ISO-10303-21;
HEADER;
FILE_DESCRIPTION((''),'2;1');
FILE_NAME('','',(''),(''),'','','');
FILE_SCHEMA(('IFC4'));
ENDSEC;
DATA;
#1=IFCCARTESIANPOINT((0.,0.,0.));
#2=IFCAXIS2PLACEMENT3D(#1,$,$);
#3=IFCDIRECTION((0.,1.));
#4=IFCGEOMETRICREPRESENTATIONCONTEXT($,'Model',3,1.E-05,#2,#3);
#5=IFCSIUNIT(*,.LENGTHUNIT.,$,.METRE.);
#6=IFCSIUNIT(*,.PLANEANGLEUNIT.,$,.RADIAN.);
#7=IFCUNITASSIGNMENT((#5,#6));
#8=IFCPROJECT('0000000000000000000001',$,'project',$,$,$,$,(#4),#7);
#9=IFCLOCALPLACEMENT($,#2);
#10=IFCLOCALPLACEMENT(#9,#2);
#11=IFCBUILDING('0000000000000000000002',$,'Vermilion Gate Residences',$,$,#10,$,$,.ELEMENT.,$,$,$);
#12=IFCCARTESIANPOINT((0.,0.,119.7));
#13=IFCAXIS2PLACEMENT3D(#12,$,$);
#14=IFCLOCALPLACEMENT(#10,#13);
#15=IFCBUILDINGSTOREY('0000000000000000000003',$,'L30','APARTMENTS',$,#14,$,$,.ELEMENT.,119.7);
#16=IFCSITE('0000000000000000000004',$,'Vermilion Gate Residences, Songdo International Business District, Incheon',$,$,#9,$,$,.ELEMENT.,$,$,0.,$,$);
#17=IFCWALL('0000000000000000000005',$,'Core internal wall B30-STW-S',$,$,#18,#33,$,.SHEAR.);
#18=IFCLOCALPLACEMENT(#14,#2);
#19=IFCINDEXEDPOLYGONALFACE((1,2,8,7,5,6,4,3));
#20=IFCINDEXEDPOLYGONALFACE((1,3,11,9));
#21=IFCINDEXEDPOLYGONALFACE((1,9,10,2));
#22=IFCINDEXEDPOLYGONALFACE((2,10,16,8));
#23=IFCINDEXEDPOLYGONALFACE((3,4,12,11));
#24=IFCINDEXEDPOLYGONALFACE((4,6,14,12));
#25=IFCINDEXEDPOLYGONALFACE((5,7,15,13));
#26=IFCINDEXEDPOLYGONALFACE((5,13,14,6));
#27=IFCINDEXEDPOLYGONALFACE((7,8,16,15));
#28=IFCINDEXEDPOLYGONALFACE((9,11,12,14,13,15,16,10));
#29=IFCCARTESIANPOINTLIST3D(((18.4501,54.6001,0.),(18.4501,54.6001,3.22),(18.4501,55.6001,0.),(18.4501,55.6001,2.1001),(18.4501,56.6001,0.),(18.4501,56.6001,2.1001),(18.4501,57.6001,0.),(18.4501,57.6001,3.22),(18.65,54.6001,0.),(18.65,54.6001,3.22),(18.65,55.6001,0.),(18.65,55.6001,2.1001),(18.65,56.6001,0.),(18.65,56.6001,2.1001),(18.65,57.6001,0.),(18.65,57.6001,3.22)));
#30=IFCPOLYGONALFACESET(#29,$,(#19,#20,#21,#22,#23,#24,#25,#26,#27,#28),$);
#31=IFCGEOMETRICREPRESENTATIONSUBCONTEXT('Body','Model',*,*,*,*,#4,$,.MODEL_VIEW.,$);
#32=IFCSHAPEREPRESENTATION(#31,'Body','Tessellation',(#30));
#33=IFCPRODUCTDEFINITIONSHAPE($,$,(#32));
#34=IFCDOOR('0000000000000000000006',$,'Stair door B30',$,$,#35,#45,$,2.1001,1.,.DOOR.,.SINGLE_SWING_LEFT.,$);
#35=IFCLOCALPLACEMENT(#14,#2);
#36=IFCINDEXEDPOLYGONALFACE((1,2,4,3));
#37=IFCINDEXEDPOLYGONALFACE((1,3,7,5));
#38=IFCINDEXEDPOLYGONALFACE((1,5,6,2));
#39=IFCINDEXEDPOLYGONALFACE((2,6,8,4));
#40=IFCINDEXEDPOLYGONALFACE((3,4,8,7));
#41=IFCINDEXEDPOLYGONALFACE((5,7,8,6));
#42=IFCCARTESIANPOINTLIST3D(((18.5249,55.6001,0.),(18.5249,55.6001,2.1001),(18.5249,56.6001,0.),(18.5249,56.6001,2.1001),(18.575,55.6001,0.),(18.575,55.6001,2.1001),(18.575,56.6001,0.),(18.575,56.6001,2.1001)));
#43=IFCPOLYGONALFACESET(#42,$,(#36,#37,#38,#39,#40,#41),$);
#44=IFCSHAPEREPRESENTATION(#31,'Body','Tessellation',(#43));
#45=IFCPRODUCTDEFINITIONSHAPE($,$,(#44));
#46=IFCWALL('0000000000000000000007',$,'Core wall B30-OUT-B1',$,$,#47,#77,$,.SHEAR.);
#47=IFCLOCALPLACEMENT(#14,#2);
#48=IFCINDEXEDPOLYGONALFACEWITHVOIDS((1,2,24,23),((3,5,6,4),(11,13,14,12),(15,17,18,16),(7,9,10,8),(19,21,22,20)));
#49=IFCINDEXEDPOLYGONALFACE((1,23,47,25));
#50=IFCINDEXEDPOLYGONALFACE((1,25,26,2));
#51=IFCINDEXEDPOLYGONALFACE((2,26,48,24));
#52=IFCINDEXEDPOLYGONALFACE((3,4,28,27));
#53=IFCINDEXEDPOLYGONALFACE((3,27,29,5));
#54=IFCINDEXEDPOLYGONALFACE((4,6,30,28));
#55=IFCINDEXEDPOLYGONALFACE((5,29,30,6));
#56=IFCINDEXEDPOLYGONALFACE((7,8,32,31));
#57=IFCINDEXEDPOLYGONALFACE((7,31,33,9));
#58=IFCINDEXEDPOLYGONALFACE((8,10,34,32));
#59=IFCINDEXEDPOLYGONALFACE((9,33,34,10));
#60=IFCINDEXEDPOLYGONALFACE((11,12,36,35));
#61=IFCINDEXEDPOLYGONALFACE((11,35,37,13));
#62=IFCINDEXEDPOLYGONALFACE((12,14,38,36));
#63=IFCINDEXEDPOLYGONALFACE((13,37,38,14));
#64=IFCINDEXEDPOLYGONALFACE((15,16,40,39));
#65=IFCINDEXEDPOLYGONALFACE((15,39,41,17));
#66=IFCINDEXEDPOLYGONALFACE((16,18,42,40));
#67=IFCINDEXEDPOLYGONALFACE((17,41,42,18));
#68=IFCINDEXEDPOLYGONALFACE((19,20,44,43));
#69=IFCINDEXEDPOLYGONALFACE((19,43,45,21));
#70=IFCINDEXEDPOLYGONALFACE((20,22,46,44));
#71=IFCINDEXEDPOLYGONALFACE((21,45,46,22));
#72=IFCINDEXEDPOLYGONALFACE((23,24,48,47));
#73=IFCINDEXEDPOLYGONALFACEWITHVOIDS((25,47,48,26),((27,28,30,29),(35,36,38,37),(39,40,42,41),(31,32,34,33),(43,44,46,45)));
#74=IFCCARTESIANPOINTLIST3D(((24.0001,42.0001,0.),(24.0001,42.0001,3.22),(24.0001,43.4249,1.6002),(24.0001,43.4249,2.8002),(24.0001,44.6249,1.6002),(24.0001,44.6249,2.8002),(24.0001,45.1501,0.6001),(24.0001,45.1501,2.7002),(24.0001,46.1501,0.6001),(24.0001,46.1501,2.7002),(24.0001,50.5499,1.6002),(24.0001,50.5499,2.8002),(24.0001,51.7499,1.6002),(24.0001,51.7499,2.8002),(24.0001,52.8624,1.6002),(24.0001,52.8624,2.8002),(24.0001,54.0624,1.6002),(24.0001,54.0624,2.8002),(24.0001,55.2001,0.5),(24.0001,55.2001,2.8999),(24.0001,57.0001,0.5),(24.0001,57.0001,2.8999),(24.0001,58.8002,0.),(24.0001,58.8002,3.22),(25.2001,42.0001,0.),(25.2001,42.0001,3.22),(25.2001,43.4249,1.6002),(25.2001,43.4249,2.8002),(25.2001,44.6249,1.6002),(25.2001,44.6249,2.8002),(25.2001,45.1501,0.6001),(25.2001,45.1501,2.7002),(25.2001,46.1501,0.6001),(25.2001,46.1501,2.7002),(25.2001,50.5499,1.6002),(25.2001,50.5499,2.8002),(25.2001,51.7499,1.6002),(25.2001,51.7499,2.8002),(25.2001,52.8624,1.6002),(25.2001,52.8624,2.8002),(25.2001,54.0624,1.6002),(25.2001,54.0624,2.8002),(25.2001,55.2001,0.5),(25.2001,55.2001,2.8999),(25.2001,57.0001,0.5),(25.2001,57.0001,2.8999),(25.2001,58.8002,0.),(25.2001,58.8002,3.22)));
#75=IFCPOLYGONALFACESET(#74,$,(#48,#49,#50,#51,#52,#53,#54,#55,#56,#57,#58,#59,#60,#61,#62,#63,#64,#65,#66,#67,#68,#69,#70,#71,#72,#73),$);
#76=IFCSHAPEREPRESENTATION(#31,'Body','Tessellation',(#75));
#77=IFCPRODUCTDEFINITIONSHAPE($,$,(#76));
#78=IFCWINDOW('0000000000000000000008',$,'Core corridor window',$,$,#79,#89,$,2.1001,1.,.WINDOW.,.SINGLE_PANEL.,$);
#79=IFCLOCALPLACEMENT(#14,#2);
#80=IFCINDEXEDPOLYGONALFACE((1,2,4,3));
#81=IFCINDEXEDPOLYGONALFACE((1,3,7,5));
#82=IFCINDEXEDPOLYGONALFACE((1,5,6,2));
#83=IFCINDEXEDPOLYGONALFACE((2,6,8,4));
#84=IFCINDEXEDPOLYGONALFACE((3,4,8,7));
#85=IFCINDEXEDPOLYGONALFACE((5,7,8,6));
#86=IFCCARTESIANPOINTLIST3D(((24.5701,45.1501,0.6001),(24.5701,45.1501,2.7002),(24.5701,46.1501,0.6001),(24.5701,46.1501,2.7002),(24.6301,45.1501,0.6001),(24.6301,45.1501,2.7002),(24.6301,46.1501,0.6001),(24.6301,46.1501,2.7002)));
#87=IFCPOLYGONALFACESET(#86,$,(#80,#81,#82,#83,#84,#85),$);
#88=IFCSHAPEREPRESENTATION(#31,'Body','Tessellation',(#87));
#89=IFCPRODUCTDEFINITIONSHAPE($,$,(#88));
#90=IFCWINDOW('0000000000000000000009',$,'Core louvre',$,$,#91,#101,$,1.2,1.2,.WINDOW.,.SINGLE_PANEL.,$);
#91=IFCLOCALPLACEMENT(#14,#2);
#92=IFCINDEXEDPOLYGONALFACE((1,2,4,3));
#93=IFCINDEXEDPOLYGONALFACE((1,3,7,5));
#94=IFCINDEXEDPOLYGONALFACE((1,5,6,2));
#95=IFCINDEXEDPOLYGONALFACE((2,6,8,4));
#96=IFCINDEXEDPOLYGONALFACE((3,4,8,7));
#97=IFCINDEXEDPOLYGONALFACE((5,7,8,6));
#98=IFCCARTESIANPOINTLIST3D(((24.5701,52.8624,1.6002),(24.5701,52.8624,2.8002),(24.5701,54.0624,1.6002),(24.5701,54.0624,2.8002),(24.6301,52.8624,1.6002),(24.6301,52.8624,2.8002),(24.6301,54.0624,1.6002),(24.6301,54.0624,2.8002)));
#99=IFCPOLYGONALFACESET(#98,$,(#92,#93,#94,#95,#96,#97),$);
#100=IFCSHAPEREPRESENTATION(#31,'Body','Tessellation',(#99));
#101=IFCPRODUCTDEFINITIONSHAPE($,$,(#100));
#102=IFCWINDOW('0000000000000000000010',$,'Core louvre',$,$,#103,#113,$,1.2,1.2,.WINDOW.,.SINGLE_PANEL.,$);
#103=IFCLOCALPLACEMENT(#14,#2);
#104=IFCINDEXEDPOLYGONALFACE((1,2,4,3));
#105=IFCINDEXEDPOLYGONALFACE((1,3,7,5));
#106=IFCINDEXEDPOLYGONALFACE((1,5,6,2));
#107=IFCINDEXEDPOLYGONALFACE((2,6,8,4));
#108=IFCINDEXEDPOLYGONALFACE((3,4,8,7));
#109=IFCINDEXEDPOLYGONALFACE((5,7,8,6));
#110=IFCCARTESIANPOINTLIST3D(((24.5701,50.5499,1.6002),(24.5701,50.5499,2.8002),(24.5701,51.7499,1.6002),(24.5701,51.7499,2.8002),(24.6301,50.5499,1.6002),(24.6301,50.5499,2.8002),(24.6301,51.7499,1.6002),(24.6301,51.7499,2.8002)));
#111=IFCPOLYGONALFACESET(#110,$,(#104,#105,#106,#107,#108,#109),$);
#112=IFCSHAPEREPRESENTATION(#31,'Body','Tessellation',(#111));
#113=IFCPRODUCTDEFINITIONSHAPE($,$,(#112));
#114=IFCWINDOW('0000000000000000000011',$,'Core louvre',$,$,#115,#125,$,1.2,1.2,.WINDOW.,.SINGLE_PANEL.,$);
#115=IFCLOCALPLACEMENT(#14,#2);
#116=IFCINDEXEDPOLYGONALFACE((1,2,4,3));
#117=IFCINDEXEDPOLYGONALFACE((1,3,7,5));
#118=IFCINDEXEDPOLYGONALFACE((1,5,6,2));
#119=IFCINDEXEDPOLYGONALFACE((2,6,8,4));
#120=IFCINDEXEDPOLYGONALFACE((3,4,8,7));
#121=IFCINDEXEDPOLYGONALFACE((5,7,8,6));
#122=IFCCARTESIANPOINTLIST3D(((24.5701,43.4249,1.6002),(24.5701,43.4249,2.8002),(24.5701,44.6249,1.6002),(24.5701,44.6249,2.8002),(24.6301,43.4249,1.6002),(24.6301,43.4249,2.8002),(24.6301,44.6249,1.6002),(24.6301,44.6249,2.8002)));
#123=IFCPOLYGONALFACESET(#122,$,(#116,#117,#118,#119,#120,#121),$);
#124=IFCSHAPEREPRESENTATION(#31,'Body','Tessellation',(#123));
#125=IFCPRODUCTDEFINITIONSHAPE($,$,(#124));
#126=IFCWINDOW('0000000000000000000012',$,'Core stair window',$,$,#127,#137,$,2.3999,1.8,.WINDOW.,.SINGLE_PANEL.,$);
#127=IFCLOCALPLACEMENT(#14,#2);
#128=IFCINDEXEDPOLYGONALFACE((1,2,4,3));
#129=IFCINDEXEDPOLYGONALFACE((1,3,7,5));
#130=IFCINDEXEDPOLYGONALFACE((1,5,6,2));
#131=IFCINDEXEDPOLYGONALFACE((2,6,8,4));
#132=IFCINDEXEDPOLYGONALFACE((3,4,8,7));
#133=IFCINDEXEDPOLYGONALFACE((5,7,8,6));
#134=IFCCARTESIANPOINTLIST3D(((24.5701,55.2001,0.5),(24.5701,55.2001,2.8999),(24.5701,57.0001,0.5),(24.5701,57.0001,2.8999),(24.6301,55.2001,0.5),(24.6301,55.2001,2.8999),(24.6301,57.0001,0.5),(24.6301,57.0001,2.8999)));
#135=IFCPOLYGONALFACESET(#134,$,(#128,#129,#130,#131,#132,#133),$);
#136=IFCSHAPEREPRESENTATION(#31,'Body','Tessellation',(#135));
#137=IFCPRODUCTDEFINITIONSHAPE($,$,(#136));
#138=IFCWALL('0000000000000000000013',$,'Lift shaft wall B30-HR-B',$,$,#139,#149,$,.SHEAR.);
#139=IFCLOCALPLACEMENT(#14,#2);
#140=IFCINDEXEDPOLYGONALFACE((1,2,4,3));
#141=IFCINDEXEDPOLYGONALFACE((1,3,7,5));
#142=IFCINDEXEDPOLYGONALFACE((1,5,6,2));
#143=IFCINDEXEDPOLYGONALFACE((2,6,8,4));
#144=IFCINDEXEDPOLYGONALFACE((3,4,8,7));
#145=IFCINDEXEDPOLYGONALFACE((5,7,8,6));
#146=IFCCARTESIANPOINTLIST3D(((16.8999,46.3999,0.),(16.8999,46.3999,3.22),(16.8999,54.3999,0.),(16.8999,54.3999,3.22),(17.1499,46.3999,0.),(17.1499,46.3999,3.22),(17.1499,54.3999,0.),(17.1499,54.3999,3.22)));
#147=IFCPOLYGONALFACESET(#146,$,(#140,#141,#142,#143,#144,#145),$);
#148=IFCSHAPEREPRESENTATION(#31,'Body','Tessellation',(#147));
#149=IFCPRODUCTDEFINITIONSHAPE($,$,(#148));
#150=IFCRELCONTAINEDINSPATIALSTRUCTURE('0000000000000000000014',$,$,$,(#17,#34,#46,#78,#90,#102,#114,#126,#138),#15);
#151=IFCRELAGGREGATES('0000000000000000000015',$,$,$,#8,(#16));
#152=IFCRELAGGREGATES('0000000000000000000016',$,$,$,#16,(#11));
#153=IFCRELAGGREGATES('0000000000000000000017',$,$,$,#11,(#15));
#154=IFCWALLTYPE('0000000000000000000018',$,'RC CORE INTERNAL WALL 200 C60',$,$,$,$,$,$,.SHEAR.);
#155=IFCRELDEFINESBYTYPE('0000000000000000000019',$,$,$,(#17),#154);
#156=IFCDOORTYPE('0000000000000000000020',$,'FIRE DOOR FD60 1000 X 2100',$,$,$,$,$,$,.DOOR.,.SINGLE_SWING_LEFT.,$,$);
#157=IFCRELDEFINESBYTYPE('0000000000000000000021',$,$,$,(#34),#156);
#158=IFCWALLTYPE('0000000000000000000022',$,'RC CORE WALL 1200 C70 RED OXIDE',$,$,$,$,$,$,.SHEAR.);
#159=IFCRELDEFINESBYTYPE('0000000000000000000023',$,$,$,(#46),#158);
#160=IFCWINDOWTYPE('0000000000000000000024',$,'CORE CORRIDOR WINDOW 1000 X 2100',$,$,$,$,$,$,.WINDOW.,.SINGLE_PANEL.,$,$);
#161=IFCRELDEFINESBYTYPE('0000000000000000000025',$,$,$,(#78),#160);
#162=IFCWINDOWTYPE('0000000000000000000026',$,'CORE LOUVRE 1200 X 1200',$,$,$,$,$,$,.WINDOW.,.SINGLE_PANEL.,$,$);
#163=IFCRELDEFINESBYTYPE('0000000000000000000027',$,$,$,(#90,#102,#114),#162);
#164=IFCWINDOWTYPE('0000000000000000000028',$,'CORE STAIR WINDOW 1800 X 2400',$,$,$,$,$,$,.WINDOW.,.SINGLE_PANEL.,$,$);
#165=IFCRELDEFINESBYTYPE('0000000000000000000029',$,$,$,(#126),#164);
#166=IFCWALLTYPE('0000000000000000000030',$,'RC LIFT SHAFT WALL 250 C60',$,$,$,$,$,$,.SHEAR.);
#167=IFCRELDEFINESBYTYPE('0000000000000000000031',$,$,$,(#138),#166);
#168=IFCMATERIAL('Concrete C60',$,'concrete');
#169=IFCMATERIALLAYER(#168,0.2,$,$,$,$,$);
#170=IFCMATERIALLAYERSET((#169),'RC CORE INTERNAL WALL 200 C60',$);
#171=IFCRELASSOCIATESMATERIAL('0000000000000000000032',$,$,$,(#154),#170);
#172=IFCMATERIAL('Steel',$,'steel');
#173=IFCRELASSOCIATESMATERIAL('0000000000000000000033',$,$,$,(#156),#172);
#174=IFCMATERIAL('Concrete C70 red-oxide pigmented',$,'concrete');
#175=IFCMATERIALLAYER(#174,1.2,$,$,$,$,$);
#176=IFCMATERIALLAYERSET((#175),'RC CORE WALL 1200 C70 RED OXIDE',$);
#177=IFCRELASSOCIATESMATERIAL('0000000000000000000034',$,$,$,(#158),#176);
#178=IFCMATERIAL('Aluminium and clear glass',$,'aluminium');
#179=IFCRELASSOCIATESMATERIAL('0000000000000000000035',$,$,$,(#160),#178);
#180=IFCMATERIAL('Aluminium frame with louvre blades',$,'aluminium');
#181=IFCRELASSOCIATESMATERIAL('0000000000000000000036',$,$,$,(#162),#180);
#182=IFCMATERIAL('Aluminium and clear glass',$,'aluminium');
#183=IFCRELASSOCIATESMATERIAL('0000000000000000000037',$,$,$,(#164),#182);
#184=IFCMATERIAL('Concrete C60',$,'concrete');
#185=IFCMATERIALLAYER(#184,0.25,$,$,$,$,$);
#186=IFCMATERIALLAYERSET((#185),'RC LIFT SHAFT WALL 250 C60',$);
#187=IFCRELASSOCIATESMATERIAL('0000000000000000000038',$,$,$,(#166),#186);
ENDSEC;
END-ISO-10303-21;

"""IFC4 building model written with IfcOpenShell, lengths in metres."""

from ifc_helpers import new_model, si_unit, direction, frame, frame_2d, origin, place, context, subcontext, project, spatial, rectangle, extrude, material, layer, layer_set, type_object, element, fill, save


model = new_model("IFC4")

# Units and contexts
model_context = context("Model", 3, precision=1e-05, world=origin(), true_north=direction((0.0, 1.0)))
body_context = subcontext(model_context, "Body", "Model", "MODEL_VIEW")
ifc_project = project(units=[si_unit("LENGTHUNIT", "METRE"), si_unit("PLANEANGLEUNIT", "RADIAN")], contexts=[model_context])

# Site, building, storey
site_placement = place(None, origin())
site = spatial("IfcSite", under=ifc_project, at=site_placement, Name="Vermilion Gate Residences, Songdo International Business District, Incheon", CompositionType="ELEMENT", RefElevation=0.0)
building_placement = place(site_placement, origin())
building = spatial("IfcBuilding", under=site, at=building_placement, Name="Vermilion Gate Residences", CompositionType="ELEMENT")
storey_placement = place(building_placement, frame((0.0, 0.0, 119.7)))
storey = spatial("IfcBuildingStorey", under=building, at=storey_placement, Name="L30", Description="APARTMENTS", CompositionType="ELEMENT", Elevation=119.7)

# Shared definitions
ifc_material_1 = material(Name="Concrete C60", Category="concrete")
ifc_layer_1 = layer(ifc_material_1, 0.2)
ifc_layer_set_1 = layer_set([ifc_layer_1], Name="RC CORE INTERNAL WALL 200 C60")
wall_type_1 = type_object("IfcWallType", Name="RC CORE INTERNAL WALL 200 C60", PredefinedType="SHEAR", material=ifc_layer_set_1)

# Wall, opening, door
wall_1_placement = place(storey_placement, frame((18.55, 57.6001, 0.0), z_axis=(0.0, 0.0, 1.0), x_axis=(0.0, -1.0, 0.0)))
wall_1 = element("IfcWall", 1, at=wall_1_placement, inside=storey, type_object=wall_type_1, Name="Core internal wall B30-STW-S", PredefinedType="SHEAR", context=body_context, shape_type="SweptSolid", body=[
    extrude(rectangle(XDim=3.0, YDim=0.2, at=frame_2d((1.5, 0.0))), origin(), (0.0, 0.0, 1.0), 3.22),
])
opening_1_placement = place(wall_1_placement, frame((1.0, 0.0, 0.0)))
opening_1 = element("IfcOpeningElement", 2, at=opening_1_placement, cuts=wall_1, PredefinedType="OPENING", context=body_context, shape_type="SweptSolid", body=[
    extrude(rectangle(XDim=1.0, YDim=2.1001, at=frame_2d((0.5, 1.05))), frame((0.0, 0.1099, 0.0), z_axis=(0.0, -1.0, 0.0), x_axis=(1.0, 0.0, 0.0)), (0.0, 0.0, 1.0), 0.22),
])
ifc_material_2 = material(Name="Steel", Category="steel")
door_type_1 = type_object("IfcDoorType", Name="FIRE DOOR FD60 1000 X 2100", OperationType="SINGLE_SWING_LEFT", PredefinedType="DOOR", material=ifc_material_2)
door_1_placement = place(opening_1_placement, origin())
door_1 = element("IfcDoor", 3, at=door_1_placement, inside=storey, type_object=door_type_1, Name="Stair door B30", OperationType="SINGLE_SWING_LEFT", OverallHeight=2.1001, OverallWidth=1.0, PredefinedType="DOOR", context=body_context, shape_type="SweptSolid", body=[
    extrude(rectangle(XDim=1.0, YDim=2.1001, at=frame_2d((0.5, 1.05))), frame((0.0, 0.0249, 0.0), z_axis=(0.0, -1.0, 0.0), x_axis=(1.0, 0.0, 0.0)), (0.0, 0.0, 1.0), 0.05),
])
fill(opening_1, door_1)

# Wall, openings, windows
ifc_material_3 = material(Name="Concrete C70 red-oxide pigmented", Category="concrete")
ifc_layer_2 = layer(ifc_material_3, 1.2)
ifc_layer_set_2 = layer_set([ifc_layer_2], Name="RC CORE WALL 1200 C70 RED OXIDE")
wall_type_2 = type_object("IfcWallType", Name="RC CORE WALL 1200 C70 RED OXIDE", PredefinedType="SHEAR", material=ifc_layer_set_2)
wall_2_placement = place(storey_placement, frame((24.6001, 58.8, 0.0), z_axis=(0.0, 0.0, 1.0), x_axis=(0.0, -1.0, 0.0)))
wall_2 = element("IfcWall", 4, at=wall_2_placement, inside=storey, type_object=wall_type_2, Name="Core wall B30-OUT-B1", PredefinedType="SHEAR", context=body_context, shape_type="SweptSolid", body=[
    extrude(rectangle(XDim=16.8, YDim=1.2, at=frame_2d((8.3999, 0.0))), origin(), (0.0, 0.0, 1.0), 3.22),
])
opening_2_placement = place(wall_2_placement, frame((1.8, 0.0, 0.5)))
opening_2 = element("IfcOpeningElement", 5, at=opening_2_placement, cuts=wall_2, PredefinedType="OPENING", context=body_context, shape_type="SweptSolid", body=[
    extrude(rectangle(XDim=1.8, YDim=2.3999, at=frame_2d((0.8999, 1.2))), frame((0.0, 0.6099, 0.0), z_axis=(0.0, -1.0, 0.0), x_axis=(1.0, 0.0, 0.0)), (0.0, 0.0, 1.0), 1.22),
])
opening_3_placement = place(wall_2_placement, frame((4.7375, 0.0, 1.6001)))
opening_3 = element("IfcOpeningElement", 6, at=opening_3_placement, cuts=wall_2, PredefinedType="OPENING", context=body_context, shape_type="SweptSolid", body=[
    extrude(rectangle(XDim=1.2, YDim=1.2, at=frame_2d((0.6001, 0.6001))), frame((0.0, 0.6099, 0.0), z_axis=(0.0, -1.0, 0.0), x_axis=(1.0, 0.0, 0.0)), (0.0, 0.0, 1.0), 1.22),
])
opening_4_placement = place(wall_2_placement, frame((7.05, 0.0, 1.6001)))
opening_4 = element("IfcOpeningElement", 7, at=opening_4_placement, cuts=wall_2, PredefinedType="OPENING", context=body_context, shape_type="SweptSolid", body=[
    extrude(rectangle(XDim=1.2, YDim=1.2, at=frame_2d((0.6001, 0.6001))), frame((0.0, 0.6099, 0.0), z_axis=(0.0, -1.0, 0.0), x_axis=(1.0, 0.0, 0.0)), (0.0, 0.0, 1.0), 1.22),
])
opening_5_placement = place(wall_2_placement, frame((12.6499, 0.0, 0.6001)))
opening_5 = element("IfcOpeningElement", 8, at=opening_5_placement, cuts=wall_2, PredefinedType="OPENING", context=body_context, shape_type="SweptSolid", body=[
    extrude(rectangle(XDim=1.0, YDim=2.1001, at=frame_2d((0.5, 1.05))), frame((0.0, 0.6099, 0.0), z_axis=(0.0, -1.0, 0.0), x_axis=(1.0, 0.0, 0.0)), (0.0, 0.0, 1.0), 1.22),
])
opening_6_placement = place(wall_2_placement, frame((14.175, 0.0, 1.6001)))
opening_6 = element("IfcOpeningElement", 9, at=opening_6_placement, cuts=wall_2, PredefinedType="OPENING", context=body_context, shape_type="SweptSolid", body=[
    extrude(rectangle(XDim=1.2, YDim=1.2, at=frame_2d((0.6001, 0.6001))), frame((0.0, 0.6099, 0.0), z_axis=(0.0, -1.0, 0.0), x_axis=(1.0, 0.0, 0.0)), (0.0, 0.0, 1.0), 1.22),
])
ifc_material_4 = material(Name="Aluminium and clear glass", Category="aluminium")
window_type_1 = type_object("IfcWindowType", Name="CORE CORRIDOR WINDOW 1000 X 2100", PartitioningType="SINGLE_PANEL", PredefinedType="WINDOW", material=ifc_material_4)
window_1_placement = place(opening_5_placement, origin())
window_1 = element("IfcWindow", 10, at=window_1_placement, inside=storey, type_object=window_type_1, Name="Core corridor window", OverallHeight=2.1001, OverallWidth=1.0, PartitioningType="SINGLE_PANEL", PredefinedType="WINDOW", context=body_context, shape_type="SweptSolid", body=[
    extrude(rectangle(XDim=1.0, YDim=2.1001, at=frame_2d((0.5, 1.05))), frame((0.0, 0.03, 0.0), z_axis=(0.0, -1.0, 0.0), x_axis=(1.0, 0.0, 0.0)), (0.0, 0.0, 1.0), 0.0601),
])
fill(opening_5, window_1)
ifc_material_5 = material(Name="Aluminium frame with louvre blades", Category="aluminium")
window_type_2 = type_object("IfcWindowType", Name="CORE LOUVRE 1200 X 1200", PartitioningType="SINGLE_PANEL", PredefinedType="WINDOW", material=ifc_material_5)
window_2_placement = place(opening_3_placement, origin())
window_2 = element("IfcWindow", 11, at=window_2_placement, inside=storey, type_object=window_type_2, Name="Core louvre", OverallHeight=1.2, OverallWidth=1.2, PartitioningType="SINGLE_PANEL", PredefinedType="WINDOW", context=body_context, shape_type="SweptSolid", body=[
    extrude(rectangle(XDim=1.2, YDim=1.2, at=frame_2d((0.6001, 0.6001))), frame((0.0, 0.03, 0.0), z_axis=(0.0, -1.0, 0.0), x_axis=(1.0, 0.0, 0.0)), (0.0, 0.0, 1.0), 0.0601),
])
fill(opening_3, window_2)
window_3_placement = place(opening_4_placement, origin())
window_3 = element("IfcWindow", 12, at=window_3_placement, inside=storey, type_object=window_type_2, Name="Core louvre", OverallHeight=1.2, OverallWidth=1.2, PartitioningType="SINGLE_PANEL", PredefinedType="WINDOW", context=body_context, shape_type="SweptSolid", body=[
    extrude(rectangle(XDim=1.2, YDim=1.2, at=frame_2d((0.6001, 0.6001))), frame((0.0, 0.03, 0.0), z_axis=(0.0, -1.0, 0.0), x_axis=(1.0, 0.0, 0.0)), (0.0, 0.0, 1.0), 0.0601),
])
fill(opening_4, window_3)
window_4_placement = place(opening_6_placement, origin())
window_4 = element("IfcWindow", 13, at=window_4_placement, inside=storey, type_object=window_type_2, Name="Core louvre", OverallHeight=1.2, OverallWidth=1.2, PartitioningType="SINGLE_PANEL", PredefinedType="WINDOW", context=body_context, shape_type="SweptSolid", body=[
    extrude(rectangle(XDim=1.2, YDim=1.2, at=frame_2d((0.6001, 0.6001))), frame((0.0, 0.03, 0.0), z_axis=(0.0, -1.0, 0.0), x_axis=(1.0, 0.0, 0.0)), (0.0, 0.0, 1.0), 0.0601),
])
fill(opening_6, window_4)
ifc_material_6 = material(Name="Aluminium and clear glass", Category="aluminium")
window_type_3 = type_object("IfcWindowType", Name="CORE STAIR WINDOW 1800 X 2400", PartitioningType="SINGLE_PANEL", PredefinedType="WINDOW", material=ifc_material_6)
window_5_placement = place(opening_2_placement, origin())
window_5 = element("IfcWindow", 14, at=window_5_placement, inside=storey, type_object=window_type_3, Name="Core stair window", OverallHeight=2.3999, OverallWidth=1.8, PartitioningType="SINGLE_PANEL", PredefinedType="WINDOW", context=body_context, shape_type="SweptSolid", body=[
    extrude(rectangle(XDim=1.8, YDim=2.3999, at=frame_2d((0.8999, 1.2))), frame((0.0, 0.03, 0.0), z_axis=(0.0, -1.0, 0.0), x_axis=(1.0, 0.0, 0.0)), (0.0, 0.0, 1.0), 0.0601),
])
fill(opening_2, window_5)

# Wall
ifc_material_7 = material(Name="Concrete C60", Category="concrete")
ifc_layer_3 = layer(ifc_material_7, 0.25)
ifc_layer_set_3 = layer_set([ifc_layer_3], Name="RC LIFT SHAFT WALL 250 C60")
wall_type_3 = type_object("IfcWallType", Name="RC LIFT SHAFT WALL 250 C60", PredefinedType="SHEAR", material=ifc_layer_set_3)
wall_3_placement = place(storey_placement, frame((17.0249, 54.3999, 0.0), z_axis=(0.0, 0.0, 1.0), x_axis=(0.0, -1.0, 0.0)))
element("IfcWall", 15, at=wall_3_placement, inside=storey, type_object=wall_type_3, Name="Lift shaft wall B30-HR-B", PredefinedType="SHEAR", context=body_context, shape_type="SweptSolid", body=[
    extrude(rectangle(XDim=8.0, YDim=0.25, at=frame_2d((4.0, 0.0))), origin(), (0.0, 0.0, 1.0), 3.22),
])

save(model, "model.ifc")
